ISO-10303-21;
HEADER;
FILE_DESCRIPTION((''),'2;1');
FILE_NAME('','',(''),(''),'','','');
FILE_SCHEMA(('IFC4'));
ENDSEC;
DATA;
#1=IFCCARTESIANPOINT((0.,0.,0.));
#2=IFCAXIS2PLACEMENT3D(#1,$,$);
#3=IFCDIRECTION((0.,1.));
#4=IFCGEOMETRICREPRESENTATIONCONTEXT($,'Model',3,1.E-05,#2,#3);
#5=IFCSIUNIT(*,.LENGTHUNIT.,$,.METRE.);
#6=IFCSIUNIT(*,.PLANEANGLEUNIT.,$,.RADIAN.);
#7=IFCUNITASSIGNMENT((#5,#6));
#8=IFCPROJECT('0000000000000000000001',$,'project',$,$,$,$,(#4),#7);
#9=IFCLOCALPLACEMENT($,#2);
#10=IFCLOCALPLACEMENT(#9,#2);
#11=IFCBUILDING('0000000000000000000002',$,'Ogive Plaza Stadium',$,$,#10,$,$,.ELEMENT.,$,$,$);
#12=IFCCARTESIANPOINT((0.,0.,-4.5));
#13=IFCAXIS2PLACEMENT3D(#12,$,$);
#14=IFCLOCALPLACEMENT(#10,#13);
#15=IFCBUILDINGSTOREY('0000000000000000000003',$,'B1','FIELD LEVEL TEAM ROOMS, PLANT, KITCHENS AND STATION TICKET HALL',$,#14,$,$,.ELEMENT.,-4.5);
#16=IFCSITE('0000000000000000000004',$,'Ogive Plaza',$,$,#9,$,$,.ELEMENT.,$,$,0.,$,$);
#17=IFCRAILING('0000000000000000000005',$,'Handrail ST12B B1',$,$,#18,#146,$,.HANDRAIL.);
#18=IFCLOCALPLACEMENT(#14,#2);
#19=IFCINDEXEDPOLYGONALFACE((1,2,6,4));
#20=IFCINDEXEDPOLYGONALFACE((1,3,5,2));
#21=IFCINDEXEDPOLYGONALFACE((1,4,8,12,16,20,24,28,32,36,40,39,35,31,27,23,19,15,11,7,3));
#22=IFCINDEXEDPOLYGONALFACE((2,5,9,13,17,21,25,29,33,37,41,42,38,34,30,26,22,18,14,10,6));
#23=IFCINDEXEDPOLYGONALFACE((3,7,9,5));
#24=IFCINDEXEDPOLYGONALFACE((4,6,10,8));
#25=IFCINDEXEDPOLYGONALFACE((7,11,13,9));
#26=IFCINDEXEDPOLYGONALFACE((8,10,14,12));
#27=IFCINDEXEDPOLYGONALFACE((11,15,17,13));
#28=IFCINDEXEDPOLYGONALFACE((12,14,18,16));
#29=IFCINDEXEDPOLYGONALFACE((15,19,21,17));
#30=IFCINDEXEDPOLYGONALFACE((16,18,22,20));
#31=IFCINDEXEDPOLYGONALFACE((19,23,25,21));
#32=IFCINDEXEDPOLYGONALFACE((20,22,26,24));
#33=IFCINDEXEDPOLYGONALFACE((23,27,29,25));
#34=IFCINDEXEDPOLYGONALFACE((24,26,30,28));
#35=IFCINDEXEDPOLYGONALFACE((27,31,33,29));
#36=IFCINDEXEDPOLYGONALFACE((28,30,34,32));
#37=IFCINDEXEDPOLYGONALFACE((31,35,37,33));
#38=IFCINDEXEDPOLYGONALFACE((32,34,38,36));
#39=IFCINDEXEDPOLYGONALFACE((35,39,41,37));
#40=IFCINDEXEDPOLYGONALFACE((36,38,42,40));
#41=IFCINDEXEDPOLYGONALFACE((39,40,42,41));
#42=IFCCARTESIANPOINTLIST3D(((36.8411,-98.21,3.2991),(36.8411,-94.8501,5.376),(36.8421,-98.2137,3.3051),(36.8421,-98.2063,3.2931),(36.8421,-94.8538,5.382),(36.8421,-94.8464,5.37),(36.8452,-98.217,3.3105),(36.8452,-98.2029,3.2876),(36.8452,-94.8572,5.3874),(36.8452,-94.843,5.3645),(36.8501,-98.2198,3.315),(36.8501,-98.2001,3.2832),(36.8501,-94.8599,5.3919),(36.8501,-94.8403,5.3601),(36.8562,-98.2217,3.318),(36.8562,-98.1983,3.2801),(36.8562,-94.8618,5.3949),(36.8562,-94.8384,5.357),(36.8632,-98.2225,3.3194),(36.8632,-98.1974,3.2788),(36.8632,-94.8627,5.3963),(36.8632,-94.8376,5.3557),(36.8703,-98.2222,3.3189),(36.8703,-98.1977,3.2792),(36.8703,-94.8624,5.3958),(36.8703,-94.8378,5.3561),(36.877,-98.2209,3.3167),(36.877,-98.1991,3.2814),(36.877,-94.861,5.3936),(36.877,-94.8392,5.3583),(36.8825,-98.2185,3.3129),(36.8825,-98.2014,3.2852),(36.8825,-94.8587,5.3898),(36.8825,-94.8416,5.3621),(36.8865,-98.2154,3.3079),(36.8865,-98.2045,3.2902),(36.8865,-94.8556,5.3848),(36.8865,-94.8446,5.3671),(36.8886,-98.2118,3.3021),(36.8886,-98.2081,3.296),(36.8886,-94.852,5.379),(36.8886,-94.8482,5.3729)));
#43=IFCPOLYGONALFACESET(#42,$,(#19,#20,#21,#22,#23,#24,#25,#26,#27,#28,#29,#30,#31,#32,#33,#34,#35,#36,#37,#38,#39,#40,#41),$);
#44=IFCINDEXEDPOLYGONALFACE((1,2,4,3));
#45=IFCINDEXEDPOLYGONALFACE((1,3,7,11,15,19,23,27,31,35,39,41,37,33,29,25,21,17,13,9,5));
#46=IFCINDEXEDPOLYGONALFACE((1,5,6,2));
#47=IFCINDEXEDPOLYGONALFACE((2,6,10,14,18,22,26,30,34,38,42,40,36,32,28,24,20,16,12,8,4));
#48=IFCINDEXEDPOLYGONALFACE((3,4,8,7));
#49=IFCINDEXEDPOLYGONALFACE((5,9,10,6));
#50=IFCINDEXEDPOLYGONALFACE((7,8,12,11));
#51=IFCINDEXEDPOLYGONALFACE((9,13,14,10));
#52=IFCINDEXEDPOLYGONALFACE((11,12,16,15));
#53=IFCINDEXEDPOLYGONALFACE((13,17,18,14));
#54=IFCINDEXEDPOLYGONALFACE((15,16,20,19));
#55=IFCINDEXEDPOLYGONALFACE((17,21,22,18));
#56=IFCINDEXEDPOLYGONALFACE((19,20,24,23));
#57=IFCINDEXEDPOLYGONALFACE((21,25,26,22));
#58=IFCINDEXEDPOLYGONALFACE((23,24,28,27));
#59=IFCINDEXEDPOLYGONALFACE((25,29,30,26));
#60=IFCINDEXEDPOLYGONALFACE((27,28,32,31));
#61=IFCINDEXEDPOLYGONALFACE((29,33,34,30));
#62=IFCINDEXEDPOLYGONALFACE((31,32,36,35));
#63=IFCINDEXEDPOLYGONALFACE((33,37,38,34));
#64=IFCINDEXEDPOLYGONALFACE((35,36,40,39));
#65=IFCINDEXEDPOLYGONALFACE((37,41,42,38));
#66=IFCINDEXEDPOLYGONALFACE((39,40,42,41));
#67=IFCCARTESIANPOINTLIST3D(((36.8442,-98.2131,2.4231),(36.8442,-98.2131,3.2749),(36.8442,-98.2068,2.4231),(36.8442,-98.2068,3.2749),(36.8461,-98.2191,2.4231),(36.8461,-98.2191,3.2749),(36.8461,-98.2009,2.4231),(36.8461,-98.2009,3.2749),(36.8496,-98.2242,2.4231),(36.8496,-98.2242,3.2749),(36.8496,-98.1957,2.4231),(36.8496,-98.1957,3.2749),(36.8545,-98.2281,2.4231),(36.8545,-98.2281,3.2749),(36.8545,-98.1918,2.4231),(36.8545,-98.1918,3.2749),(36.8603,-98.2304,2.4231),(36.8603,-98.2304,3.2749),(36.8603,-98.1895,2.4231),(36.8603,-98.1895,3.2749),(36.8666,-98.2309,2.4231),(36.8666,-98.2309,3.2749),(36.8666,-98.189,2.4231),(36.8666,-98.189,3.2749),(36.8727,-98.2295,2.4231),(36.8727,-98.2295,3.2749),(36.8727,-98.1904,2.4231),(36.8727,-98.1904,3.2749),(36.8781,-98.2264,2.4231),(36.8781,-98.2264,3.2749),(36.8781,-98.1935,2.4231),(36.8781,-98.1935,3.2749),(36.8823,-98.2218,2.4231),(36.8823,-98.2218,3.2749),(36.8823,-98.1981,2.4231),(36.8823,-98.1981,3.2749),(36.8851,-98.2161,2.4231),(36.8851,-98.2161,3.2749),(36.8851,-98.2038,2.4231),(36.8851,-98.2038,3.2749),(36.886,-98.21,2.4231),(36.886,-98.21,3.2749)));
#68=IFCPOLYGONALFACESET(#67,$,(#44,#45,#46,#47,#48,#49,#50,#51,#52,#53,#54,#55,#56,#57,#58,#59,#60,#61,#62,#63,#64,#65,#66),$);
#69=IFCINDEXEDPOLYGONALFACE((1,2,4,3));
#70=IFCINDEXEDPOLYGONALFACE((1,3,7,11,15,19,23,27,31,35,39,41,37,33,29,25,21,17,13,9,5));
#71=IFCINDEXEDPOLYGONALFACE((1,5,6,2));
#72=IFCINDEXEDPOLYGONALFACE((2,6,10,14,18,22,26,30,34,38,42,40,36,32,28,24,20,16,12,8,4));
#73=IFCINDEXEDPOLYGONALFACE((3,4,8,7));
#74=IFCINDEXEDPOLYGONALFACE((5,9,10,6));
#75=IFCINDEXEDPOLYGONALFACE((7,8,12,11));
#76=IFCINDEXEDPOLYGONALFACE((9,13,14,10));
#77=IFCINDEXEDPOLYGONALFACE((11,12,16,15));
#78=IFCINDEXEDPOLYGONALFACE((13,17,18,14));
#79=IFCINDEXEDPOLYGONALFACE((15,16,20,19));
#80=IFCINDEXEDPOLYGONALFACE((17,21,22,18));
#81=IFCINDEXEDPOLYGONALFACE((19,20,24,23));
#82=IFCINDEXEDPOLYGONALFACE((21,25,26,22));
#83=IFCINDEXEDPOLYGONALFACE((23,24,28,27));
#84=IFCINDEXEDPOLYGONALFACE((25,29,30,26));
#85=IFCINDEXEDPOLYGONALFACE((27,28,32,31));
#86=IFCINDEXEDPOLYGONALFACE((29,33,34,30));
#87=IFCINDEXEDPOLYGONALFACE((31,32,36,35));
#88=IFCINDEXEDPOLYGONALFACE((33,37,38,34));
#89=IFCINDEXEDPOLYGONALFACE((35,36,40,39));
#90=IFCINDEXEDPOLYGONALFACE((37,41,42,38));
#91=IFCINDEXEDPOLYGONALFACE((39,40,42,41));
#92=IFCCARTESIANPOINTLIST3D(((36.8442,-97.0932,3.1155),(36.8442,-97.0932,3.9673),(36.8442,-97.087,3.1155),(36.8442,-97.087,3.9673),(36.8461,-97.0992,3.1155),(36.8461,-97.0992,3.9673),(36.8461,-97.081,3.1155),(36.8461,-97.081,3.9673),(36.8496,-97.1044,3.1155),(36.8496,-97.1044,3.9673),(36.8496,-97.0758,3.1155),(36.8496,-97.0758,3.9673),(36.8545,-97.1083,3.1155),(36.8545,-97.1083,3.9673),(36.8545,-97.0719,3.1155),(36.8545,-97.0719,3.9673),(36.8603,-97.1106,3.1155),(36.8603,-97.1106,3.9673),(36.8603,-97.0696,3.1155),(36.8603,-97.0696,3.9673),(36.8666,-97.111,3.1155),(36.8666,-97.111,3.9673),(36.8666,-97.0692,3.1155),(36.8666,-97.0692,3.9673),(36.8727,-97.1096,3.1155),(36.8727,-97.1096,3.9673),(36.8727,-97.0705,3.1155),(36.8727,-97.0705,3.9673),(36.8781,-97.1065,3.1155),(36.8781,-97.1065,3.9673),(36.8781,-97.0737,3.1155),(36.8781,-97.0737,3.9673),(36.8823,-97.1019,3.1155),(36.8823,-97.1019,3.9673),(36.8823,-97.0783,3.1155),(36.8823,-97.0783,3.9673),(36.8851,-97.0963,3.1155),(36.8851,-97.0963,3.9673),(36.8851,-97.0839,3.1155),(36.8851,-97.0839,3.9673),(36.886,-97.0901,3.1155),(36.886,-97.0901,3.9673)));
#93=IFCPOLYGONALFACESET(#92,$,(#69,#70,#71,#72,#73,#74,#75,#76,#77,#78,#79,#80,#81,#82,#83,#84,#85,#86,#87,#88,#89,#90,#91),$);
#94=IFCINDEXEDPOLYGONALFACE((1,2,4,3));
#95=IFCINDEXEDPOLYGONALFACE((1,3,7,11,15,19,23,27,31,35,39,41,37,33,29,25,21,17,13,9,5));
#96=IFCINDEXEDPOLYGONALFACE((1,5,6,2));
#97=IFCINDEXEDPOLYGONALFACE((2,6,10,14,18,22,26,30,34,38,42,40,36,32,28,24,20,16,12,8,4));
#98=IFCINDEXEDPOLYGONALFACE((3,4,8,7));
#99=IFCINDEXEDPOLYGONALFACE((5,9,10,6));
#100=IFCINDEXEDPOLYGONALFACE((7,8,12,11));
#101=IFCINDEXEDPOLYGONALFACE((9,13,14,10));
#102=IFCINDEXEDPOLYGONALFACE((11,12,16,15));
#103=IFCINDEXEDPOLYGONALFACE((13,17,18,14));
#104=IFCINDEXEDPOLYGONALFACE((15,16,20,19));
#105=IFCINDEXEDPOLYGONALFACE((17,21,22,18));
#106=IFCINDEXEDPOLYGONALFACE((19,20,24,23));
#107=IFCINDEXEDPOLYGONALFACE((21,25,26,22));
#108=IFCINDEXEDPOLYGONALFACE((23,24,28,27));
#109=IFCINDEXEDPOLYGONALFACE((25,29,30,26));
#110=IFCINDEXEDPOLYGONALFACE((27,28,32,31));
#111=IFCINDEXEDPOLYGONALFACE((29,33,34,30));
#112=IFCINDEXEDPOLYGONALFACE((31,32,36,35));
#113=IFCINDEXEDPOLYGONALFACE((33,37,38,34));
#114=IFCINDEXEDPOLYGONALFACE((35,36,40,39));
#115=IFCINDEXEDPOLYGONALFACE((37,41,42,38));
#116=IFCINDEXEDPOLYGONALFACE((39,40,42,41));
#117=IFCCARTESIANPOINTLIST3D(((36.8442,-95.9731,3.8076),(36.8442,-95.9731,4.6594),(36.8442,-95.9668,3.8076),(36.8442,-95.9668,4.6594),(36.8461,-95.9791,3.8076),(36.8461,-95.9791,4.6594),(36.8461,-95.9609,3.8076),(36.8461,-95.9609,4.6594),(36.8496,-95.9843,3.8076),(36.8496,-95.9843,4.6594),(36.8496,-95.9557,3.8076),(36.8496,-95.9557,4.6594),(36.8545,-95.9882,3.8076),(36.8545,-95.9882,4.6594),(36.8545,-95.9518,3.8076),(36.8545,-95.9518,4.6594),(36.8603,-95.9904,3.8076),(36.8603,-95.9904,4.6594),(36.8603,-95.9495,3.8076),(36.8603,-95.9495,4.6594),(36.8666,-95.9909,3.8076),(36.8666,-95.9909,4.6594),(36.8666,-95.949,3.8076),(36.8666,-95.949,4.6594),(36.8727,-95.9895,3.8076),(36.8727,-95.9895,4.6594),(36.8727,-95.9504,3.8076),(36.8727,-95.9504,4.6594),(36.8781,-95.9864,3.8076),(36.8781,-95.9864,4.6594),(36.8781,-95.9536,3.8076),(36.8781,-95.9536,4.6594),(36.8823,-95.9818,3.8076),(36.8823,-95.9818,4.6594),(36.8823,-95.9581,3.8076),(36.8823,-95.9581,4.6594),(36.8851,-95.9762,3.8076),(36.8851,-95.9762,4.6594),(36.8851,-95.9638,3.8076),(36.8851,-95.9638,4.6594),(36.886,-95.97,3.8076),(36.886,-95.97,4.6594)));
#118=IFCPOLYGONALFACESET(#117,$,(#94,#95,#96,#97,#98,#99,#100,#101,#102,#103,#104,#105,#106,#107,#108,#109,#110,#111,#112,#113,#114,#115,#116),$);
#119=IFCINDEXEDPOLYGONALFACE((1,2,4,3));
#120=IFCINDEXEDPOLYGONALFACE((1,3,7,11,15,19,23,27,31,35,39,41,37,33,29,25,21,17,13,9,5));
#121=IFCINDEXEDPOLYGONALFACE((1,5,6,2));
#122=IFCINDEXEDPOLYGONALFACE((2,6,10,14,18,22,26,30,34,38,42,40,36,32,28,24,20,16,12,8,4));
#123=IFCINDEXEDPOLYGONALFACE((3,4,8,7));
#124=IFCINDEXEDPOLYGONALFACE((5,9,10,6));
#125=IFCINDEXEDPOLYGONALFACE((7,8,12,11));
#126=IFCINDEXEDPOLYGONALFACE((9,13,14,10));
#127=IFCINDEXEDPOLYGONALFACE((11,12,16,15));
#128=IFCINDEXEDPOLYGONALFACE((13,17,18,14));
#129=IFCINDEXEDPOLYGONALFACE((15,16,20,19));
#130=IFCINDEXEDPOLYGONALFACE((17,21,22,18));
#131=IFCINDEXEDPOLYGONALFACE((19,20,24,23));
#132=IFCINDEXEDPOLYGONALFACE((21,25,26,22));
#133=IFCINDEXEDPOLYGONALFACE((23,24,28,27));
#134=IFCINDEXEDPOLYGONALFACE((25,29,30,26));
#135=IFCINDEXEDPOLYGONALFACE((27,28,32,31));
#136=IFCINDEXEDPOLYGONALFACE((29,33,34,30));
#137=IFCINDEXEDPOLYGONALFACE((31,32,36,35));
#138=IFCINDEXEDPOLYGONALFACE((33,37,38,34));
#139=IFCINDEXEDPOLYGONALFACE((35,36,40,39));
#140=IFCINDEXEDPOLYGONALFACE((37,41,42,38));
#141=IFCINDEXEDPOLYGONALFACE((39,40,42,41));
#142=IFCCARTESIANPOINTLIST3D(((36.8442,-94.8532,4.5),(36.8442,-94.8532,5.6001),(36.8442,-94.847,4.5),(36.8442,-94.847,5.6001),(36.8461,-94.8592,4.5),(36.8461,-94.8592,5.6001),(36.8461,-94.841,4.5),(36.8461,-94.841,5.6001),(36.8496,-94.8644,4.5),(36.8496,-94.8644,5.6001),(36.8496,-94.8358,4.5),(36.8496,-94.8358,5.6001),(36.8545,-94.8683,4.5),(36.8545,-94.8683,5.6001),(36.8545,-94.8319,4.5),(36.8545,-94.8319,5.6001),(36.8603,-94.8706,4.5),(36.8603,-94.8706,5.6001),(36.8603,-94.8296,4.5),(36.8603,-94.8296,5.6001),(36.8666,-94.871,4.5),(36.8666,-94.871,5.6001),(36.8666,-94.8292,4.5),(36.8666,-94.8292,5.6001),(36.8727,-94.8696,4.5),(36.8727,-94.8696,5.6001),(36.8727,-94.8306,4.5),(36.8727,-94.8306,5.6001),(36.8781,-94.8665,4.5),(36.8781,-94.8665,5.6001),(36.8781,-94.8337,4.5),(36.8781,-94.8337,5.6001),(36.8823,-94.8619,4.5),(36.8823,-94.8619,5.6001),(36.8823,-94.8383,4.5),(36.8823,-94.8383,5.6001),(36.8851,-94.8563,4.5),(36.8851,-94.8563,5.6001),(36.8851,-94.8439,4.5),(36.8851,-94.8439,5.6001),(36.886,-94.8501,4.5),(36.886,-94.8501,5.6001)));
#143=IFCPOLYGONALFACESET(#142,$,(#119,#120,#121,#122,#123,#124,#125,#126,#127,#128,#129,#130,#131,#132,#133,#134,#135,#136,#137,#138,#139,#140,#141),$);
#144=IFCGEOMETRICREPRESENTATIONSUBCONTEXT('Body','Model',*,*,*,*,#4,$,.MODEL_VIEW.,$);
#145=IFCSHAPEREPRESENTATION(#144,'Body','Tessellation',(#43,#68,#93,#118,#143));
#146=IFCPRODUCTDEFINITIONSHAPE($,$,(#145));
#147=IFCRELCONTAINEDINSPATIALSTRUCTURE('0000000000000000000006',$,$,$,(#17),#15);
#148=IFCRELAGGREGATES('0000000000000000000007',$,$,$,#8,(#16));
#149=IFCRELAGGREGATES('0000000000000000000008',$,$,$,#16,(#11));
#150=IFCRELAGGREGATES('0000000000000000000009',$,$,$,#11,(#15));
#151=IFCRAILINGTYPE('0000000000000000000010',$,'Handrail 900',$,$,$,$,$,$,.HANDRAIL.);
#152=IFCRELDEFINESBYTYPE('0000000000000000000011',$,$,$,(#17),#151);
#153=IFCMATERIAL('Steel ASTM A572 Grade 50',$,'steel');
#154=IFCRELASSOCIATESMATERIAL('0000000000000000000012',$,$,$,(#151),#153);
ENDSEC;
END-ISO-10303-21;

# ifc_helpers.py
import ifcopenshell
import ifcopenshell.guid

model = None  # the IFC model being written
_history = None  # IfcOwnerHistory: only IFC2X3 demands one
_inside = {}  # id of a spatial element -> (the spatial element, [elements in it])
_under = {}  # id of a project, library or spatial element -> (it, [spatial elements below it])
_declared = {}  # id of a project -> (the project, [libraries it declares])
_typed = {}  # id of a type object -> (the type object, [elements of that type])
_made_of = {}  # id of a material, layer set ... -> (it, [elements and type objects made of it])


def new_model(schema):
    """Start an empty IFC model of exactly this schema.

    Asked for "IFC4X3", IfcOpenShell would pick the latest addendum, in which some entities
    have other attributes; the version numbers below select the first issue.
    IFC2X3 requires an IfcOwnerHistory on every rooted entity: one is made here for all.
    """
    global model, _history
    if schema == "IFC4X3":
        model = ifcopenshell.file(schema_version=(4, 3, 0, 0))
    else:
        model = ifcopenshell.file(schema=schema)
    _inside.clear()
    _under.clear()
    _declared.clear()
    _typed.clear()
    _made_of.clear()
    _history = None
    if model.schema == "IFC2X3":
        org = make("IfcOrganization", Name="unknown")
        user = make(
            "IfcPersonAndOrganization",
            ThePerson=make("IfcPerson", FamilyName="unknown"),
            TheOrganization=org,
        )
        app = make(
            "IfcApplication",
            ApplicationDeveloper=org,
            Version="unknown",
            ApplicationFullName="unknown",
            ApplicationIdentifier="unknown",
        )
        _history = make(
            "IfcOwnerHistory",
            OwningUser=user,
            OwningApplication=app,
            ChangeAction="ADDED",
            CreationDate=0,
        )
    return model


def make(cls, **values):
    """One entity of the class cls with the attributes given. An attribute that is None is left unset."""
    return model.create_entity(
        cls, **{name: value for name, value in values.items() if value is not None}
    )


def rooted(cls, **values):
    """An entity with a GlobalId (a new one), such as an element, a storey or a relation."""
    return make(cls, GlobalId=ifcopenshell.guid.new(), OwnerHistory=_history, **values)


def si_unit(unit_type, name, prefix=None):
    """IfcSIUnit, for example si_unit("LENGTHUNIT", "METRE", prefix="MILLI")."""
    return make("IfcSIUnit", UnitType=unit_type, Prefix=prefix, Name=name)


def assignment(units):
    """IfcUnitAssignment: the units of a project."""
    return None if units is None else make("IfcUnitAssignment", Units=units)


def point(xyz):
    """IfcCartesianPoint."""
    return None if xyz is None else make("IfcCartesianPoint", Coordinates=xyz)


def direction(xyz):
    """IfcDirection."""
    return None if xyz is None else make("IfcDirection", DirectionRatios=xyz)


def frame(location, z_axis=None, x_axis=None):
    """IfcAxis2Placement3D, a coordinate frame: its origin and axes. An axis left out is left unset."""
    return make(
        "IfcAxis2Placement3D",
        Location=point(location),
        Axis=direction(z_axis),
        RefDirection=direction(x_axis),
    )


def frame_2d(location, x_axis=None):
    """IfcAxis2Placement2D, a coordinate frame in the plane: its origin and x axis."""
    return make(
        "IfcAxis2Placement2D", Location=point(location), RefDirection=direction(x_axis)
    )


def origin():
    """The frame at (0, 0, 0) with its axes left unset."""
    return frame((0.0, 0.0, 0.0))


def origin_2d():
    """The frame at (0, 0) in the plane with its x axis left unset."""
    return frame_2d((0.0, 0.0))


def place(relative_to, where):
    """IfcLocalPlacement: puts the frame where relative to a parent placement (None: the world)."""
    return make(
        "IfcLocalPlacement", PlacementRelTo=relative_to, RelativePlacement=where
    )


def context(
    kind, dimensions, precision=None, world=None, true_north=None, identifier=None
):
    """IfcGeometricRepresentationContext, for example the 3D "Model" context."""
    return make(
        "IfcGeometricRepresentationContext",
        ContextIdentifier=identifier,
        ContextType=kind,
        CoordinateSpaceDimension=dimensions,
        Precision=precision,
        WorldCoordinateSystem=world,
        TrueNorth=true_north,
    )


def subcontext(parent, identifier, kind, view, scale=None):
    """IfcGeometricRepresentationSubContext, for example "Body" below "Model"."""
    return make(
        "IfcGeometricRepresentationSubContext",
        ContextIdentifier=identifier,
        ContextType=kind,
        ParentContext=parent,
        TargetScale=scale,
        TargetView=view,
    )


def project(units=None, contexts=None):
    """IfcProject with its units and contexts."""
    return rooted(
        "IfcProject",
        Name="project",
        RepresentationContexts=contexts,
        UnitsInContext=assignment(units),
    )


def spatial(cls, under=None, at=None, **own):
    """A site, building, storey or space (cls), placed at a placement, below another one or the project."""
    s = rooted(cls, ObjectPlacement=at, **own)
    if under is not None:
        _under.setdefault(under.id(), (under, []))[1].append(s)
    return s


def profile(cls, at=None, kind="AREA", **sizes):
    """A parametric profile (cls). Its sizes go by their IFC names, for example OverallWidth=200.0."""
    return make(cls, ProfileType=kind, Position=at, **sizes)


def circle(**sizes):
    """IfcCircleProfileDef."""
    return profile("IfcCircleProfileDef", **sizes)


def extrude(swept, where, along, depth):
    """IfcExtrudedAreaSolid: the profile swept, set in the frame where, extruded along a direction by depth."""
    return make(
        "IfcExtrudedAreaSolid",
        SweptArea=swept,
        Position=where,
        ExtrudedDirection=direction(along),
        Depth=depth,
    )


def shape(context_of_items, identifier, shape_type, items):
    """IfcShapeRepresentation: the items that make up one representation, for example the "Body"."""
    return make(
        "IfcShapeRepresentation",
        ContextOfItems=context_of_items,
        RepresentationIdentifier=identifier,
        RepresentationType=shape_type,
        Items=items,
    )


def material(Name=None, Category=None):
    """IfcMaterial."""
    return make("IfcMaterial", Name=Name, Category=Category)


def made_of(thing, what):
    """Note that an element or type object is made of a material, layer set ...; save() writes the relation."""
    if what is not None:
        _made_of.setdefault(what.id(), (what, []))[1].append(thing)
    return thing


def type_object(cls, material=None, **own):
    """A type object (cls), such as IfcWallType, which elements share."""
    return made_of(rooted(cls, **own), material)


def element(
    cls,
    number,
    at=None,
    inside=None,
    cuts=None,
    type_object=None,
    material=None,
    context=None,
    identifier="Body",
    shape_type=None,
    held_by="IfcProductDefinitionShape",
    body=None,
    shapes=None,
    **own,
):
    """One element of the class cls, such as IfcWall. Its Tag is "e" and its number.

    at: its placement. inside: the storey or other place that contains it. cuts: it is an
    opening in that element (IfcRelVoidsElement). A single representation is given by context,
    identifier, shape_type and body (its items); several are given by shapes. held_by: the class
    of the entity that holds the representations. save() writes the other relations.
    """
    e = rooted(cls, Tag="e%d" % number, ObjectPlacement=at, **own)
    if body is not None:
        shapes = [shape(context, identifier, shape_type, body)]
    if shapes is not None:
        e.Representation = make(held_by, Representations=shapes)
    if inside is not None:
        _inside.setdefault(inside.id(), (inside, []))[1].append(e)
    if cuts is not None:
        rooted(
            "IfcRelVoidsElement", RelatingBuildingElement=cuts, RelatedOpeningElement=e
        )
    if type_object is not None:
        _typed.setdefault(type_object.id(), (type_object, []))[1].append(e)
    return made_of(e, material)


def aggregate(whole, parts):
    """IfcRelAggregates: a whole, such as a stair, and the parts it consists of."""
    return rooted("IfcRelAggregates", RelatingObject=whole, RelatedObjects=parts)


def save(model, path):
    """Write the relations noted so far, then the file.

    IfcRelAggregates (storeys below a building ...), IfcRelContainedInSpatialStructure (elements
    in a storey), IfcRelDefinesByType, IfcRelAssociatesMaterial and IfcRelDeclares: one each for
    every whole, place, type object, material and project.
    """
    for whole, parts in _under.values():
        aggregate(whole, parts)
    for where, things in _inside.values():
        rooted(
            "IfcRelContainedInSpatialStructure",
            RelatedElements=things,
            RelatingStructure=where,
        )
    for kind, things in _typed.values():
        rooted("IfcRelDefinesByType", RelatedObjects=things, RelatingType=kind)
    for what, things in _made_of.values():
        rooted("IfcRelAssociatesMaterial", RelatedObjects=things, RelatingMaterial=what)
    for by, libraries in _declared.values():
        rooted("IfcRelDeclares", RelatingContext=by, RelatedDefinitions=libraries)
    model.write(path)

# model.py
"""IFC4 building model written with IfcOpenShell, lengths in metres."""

from ifc_helpers import new_model, si_unit, direction, frame, origin, origin_2d, place, context, subcontext, project, spatial, circle, extrude, material, type_object, element, save


model = new_model("IFC4")

# Units and contexts
model_context = context("Model", 3, precision=1e-05, world=origin(), true_north=direction((0.0, 1.0)))
body_context = subcontext(model_context, "Body", "Model", "MODEL_VIEW")
ifc_project = project(units=[si_unit("LENGTHUNIT", "METRE"), si_unit("PLANEANGLEUNIT", "RADIAN")], contexts=[model_context])

# Site, building, storey
site_placement = place(None, origin())
site = spatial("IfcSite", under=ifc_project, at=site_placement, Name="Ogive Plaza", CompositionType="ELEMENT", RefElevation=0.0)
building_placement = place(site_placement, origin())
building = spatial("IfcBuilding", under=site, at=building_placement, Name="Ogive Plaza Stadium", CompositionType="ELEMENT")
storey_placement = place(building_placement, frame((0.0, 0.0, -4.5)))
storey = spatial("IfcBuildingStorey", under=building, at=storey_placement, Name="B1", Description="FIELD LEVEL TEAM ROOMS, PLANT, KITCHENS AND STATION TICKET HALL", CompositionType="ELEMENT", Elevation=-4.5)

# Railing
ifc_material_1 = material(Name="Steel ASTM A572 Grade 50", Category="steel")
railing_type_1 = type_object("IfcRailingType", Name="Handrail 900", PredefinedType="HANDRAIL", material=ifc_material_1)
for number, where, name in (
    (1, (36.865, -98.21, 2.4231), "Handrail ST12B B1"),
):
    element("IfcRailing", number, at=place(storey_placement, frame(where)), inside=storey, type_object=railing_type_1, Name=name, PredefinedType="HANDRAIL", context=body_context, shape_type="SweptSolid", body=[
        extrude(circle(Radius=0.0239, at=origin_2d()), frame((0.0, 0.0, 0.876), z_axis=(0.0, 0.850606, 0.525803), x_axis=(-1.0, 0.0, 0.0)), (0.0, 0.0, 1.0), 3.95),
        extrude(circle(Radius=0.021, at=origin_2d()), origin(), (0.0, 0.0, 1.0), 0.8518),
        extrude(circle(Radius=0.021, at=origin_2d()), frame((0.0, 1.1199, 0.6924)), (0.0, 0.0, 1.0), 0.8518),
        extrude(circle(Radius=0.021, at=origin_2d()), frame((0.0, 2.24, 1.3845)), (0.0, 0.0, 1.0), 0.8518),
        extrude(circle(Radius=0.021, at=origin_2d()), frame((0.0, 3.3599, 2.0769)), (0.0, 0.0, 1.0), 1.1001),
    ])

save(model, "model.ifc")
